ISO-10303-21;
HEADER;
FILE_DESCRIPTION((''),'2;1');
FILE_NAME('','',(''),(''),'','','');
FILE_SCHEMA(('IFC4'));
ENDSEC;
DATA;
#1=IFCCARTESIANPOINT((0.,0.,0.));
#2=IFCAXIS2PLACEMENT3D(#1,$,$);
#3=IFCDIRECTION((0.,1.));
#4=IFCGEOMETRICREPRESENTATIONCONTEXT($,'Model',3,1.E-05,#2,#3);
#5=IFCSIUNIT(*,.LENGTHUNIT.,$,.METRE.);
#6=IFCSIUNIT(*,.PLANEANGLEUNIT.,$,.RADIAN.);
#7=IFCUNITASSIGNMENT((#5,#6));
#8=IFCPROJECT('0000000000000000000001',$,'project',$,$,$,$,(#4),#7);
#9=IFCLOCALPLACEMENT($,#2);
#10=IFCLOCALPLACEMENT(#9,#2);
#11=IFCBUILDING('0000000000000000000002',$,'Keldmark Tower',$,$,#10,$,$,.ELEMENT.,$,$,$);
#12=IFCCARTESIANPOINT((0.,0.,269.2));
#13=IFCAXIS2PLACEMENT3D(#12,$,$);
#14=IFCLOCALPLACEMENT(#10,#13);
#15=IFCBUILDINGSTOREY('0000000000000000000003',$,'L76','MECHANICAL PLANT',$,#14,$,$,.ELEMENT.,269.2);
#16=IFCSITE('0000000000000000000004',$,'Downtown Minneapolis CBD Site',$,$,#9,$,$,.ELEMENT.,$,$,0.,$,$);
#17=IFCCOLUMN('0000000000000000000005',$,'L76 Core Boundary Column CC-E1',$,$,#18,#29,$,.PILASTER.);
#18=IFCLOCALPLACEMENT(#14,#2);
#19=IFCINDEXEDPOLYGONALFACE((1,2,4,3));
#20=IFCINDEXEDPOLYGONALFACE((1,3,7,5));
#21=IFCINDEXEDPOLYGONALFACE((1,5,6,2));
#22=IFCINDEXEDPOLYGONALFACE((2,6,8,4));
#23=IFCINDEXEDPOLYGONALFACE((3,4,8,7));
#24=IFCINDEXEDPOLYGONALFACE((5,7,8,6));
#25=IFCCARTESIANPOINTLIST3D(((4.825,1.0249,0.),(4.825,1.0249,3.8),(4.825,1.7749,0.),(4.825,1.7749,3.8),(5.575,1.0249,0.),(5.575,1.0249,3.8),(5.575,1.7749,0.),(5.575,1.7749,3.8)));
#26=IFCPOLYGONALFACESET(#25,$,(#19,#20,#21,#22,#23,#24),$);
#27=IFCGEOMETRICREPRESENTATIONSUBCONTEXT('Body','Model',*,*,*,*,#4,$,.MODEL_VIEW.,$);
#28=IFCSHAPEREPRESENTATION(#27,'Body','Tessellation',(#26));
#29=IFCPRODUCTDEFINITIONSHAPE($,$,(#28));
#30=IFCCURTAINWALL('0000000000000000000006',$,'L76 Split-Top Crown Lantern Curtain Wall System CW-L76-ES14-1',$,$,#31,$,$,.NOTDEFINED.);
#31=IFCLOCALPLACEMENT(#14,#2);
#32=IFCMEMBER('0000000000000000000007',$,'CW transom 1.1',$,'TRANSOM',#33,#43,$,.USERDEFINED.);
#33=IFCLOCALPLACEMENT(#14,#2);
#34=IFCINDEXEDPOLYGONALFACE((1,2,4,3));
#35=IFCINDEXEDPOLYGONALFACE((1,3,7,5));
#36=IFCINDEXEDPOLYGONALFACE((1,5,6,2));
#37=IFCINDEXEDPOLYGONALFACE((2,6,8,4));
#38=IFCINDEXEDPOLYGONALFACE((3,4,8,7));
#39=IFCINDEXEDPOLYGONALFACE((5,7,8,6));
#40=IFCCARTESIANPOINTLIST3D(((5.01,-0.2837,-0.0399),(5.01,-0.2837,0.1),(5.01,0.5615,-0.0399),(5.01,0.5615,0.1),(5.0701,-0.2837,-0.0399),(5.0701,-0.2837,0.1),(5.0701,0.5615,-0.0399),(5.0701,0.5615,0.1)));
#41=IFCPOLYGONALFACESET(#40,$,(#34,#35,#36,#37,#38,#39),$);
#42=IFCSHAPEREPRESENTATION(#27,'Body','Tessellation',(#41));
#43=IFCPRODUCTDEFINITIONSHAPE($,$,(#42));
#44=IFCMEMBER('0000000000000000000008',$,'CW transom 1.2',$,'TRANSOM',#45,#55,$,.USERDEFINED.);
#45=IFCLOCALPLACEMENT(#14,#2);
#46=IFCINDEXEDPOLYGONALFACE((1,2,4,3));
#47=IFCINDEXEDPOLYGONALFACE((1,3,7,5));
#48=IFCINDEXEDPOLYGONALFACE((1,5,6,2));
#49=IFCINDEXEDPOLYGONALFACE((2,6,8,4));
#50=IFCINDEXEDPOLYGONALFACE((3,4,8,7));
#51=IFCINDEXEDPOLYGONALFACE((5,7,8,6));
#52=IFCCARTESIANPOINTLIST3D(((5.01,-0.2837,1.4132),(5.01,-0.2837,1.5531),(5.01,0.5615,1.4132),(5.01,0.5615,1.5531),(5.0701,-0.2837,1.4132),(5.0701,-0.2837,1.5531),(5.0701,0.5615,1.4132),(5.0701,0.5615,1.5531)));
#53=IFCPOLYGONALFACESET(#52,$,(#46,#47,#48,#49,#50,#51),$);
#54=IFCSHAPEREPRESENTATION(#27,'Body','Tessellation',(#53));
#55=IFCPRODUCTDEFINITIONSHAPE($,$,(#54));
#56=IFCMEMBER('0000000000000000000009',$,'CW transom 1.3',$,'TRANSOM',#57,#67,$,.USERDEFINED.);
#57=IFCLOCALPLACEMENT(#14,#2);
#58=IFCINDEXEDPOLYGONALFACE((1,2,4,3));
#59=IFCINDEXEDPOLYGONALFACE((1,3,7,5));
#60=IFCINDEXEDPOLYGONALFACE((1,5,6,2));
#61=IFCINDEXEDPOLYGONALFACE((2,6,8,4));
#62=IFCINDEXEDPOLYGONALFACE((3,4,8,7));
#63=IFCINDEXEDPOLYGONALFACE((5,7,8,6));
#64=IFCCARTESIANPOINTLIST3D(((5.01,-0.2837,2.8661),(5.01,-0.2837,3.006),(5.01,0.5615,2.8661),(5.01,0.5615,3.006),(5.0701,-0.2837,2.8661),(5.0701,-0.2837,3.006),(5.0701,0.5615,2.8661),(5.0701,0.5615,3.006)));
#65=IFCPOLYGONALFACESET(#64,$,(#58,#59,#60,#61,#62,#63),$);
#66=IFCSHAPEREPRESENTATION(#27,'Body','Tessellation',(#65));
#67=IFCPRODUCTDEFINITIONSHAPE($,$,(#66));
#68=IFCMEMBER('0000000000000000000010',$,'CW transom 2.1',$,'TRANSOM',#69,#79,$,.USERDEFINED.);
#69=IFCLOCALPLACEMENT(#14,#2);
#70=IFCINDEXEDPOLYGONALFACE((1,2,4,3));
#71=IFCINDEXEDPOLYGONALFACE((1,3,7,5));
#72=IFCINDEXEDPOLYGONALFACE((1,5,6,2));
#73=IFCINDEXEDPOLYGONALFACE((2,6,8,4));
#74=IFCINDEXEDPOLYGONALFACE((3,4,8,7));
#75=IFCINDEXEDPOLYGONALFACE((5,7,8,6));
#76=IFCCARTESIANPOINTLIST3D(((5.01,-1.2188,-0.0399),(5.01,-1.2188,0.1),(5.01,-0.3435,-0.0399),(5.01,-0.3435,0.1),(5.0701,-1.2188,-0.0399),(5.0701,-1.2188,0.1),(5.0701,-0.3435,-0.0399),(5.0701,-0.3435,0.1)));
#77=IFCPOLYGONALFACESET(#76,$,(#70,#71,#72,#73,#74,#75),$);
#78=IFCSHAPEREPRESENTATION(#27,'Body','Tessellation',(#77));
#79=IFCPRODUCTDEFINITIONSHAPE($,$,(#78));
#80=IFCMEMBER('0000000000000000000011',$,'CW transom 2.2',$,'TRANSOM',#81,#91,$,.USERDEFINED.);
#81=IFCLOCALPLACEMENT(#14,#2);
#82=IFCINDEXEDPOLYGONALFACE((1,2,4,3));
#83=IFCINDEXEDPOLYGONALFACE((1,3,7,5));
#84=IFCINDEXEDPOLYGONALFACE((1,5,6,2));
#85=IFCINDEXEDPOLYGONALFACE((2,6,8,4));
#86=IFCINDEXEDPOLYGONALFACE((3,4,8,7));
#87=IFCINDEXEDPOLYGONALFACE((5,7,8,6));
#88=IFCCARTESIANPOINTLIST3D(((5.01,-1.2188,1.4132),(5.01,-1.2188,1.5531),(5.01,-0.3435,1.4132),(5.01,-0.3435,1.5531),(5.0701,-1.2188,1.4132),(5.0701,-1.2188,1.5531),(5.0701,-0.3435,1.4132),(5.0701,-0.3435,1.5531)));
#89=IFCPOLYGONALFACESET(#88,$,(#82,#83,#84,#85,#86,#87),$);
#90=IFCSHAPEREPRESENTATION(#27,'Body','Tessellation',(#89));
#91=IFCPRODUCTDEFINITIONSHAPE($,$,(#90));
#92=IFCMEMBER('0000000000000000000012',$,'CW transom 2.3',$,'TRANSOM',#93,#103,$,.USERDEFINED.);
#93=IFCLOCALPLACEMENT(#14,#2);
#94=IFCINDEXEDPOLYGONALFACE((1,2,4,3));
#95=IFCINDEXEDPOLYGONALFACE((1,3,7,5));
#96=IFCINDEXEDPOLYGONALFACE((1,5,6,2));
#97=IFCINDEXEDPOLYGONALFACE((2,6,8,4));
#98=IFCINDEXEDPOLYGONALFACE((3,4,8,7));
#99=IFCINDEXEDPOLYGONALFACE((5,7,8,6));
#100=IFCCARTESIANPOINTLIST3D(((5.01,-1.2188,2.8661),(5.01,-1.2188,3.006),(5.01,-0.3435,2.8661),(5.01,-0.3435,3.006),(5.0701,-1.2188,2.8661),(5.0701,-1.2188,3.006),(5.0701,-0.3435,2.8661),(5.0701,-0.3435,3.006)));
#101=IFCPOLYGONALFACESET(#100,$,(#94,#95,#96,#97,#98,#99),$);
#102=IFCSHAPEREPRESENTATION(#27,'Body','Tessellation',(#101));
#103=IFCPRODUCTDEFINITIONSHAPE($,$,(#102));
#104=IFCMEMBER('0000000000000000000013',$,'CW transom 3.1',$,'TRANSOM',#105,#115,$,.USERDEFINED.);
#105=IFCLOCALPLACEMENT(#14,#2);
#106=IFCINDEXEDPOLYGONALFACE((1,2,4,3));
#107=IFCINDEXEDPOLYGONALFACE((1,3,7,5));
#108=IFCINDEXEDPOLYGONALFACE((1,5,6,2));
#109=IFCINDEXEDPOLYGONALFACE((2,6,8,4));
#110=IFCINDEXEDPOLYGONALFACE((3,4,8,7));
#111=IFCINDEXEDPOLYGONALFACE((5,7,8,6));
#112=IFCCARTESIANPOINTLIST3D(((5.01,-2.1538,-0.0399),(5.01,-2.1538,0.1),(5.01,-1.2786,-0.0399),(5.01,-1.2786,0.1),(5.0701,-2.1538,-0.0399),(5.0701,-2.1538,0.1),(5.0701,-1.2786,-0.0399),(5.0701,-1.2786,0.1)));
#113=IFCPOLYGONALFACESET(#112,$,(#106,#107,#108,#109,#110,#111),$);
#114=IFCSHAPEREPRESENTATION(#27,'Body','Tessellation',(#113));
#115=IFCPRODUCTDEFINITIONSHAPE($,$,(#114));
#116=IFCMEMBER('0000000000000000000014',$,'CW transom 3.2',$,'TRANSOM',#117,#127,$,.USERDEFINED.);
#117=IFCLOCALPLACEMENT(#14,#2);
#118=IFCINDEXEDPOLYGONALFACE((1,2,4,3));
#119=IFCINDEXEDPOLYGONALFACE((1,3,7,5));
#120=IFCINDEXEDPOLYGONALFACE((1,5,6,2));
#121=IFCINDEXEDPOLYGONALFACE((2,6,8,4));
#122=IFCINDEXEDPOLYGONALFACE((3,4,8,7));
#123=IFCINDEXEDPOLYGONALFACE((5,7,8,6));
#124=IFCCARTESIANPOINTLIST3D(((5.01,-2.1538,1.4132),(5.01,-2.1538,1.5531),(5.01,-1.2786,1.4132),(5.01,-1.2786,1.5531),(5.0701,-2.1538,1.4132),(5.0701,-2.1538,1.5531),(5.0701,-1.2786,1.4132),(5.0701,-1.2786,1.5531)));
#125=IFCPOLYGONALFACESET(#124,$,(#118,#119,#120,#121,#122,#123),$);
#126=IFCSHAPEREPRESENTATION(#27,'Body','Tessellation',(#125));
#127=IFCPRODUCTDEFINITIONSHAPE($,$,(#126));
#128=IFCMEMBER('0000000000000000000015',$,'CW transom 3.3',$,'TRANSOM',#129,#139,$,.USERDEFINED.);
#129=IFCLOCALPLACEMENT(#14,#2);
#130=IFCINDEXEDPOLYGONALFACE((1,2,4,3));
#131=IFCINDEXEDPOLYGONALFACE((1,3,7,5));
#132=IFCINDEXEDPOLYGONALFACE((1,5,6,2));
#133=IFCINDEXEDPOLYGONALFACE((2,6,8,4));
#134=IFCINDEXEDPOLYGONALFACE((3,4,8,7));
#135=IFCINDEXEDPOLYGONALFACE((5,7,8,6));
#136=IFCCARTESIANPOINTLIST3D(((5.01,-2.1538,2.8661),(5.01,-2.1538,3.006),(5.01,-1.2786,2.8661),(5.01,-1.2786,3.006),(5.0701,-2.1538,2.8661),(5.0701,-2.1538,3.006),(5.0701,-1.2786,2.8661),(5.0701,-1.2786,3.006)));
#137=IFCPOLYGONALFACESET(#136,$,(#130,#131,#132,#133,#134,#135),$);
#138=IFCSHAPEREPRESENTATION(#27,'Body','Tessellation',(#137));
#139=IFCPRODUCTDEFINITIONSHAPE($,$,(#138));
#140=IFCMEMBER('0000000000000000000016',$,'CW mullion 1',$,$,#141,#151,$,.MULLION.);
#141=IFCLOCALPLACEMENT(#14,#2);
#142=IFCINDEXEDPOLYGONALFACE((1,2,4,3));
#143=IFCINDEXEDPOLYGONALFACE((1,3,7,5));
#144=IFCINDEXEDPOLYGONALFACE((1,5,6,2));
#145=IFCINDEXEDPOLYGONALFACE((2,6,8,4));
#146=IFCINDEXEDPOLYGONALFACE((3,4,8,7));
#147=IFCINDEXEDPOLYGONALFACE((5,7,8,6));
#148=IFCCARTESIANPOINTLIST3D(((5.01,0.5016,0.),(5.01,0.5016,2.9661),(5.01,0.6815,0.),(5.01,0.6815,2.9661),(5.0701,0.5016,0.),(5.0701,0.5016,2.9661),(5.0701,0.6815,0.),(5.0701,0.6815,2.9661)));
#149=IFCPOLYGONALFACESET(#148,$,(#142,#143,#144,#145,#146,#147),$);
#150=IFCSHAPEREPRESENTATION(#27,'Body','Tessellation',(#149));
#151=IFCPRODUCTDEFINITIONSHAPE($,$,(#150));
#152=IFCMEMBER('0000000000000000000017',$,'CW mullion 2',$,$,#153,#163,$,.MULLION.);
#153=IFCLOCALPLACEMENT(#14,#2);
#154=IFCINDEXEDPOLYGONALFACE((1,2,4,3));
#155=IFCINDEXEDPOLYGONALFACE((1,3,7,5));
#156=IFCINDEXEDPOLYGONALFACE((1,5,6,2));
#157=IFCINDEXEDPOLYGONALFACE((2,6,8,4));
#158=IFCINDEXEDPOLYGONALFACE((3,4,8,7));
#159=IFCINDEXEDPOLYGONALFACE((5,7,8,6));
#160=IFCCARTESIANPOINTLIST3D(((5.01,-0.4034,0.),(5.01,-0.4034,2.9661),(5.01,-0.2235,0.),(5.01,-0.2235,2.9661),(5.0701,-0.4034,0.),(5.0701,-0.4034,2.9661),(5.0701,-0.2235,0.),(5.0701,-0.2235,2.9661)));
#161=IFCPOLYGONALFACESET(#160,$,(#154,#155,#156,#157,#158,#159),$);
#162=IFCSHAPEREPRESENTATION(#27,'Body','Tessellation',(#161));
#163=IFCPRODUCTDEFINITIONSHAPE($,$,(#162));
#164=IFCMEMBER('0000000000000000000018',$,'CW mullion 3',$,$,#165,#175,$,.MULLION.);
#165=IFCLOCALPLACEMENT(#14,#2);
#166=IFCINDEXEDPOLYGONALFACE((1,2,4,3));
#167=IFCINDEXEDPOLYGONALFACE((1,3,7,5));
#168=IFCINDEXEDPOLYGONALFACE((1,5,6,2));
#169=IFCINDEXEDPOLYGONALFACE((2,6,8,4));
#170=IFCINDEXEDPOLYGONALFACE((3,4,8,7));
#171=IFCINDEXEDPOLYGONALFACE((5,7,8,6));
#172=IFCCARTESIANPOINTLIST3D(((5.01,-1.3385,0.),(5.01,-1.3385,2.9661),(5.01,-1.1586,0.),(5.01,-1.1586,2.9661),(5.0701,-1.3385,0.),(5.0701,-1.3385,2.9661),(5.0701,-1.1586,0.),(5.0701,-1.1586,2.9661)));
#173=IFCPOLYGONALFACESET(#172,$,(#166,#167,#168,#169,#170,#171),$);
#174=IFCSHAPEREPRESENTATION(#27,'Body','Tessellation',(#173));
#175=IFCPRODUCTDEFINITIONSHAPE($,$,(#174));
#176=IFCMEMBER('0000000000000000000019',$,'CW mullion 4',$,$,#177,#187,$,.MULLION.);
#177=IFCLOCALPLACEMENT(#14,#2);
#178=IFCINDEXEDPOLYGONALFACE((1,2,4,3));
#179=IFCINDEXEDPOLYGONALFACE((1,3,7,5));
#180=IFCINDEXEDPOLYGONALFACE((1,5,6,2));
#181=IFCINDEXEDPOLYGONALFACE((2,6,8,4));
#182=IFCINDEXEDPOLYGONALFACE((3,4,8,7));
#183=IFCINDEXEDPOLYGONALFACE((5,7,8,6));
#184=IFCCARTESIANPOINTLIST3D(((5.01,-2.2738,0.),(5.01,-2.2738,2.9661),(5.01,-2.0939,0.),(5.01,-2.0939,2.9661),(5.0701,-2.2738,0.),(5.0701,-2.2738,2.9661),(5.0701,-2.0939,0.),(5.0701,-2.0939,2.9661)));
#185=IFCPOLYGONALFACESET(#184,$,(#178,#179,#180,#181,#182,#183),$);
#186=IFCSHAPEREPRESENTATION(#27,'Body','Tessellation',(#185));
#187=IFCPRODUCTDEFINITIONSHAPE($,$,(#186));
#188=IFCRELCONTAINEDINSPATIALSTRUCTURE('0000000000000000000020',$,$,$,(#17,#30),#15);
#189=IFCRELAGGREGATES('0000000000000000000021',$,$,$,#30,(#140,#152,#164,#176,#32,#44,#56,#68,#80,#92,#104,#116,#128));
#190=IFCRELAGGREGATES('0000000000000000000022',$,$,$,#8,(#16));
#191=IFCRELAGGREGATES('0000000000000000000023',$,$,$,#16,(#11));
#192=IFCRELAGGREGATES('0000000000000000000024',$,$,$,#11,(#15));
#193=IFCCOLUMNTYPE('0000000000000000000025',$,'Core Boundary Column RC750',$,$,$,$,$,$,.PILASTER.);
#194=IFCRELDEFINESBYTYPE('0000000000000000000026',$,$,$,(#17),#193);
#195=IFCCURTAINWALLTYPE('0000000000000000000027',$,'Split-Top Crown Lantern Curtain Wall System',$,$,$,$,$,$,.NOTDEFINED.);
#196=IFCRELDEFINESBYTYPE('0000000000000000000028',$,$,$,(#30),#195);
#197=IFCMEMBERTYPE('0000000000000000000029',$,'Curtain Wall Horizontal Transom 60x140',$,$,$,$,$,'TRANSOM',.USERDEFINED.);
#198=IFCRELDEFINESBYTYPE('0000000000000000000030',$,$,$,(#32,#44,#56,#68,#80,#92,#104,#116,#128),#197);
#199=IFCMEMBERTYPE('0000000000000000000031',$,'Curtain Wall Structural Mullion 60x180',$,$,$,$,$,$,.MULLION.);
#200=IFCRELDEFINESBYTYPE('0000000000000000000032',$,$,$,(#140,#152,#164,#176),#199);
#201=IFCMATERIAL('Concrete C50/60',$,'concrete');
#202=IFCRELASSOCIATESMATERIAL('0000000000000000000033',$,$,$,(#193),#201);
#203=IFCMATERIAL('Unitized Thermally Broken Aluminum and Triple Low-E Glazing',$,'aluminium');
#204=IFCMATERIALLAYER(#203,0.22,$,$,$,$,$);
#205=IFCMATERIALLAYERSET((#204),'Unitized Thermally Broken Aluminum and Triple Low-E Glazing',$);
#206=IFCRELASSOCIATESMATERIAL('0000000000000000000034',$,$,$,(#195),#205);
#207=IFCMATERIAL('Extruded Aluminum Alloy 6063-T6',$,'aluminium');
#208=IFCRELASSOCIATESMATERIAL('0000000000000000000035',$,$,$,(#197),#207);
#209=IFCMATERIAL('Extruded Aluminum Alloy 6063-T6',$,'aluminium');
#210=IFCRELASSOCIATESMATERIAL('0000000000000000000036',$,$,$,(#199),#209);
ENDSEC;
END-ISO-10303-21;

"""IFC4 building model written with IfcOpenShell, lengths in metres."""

from ifc_helpers import new_model, si_unit, direction, frame, origin, origin_2d, place, context, subcontext, project, spatial, rectangle, extrude, material, layer, layer_set, material_profile, profile_set, type_object, element, aggregate, save


model = new_model("IFC4")

# Units and contexts
model_context = context("Model", 3, precision=1e-05, world=origin(), true_north=direction((0.0, 1.0)))
body_context = subcontext(model_context, "Body", "Model", "MODEL_VIEW")
ifc_project = project(units=[si_unit("LENGTHUNIT", "METRE"), si_unit("PLANEANGLEUNIT", "RADIAN")], contexts=[model_context])

# Site, building, storey
site_placement = place(None, origin())
site = spatial("IfcSite", under=ifc_project, at=site_placement, Name="Downtown Minneapolis CBD Site", CompositionType="ELEMENT", RefElevation=0.0)
building_placement = place(site_placement, origin())
building = spatial("IfcBuilding", under=site, at=building_placement, Name="Keldmark Tower", CompositionType="ELEMENT")
storey_placement = place(building_placement, frame((0.0, 0.0, 269.2)))
storey = spatial("IfcBuildingStorey", under=building, at=storey_placement, Name="L76", Description="MECHANICAL PLANT", CompositionType="ELEMENT", Elevation=269.2)

# Column
ifc_material_1 = material(Name="Concrete C50/60", Category="concrete")
ifc_material_profile_1 = material_profile(ifc_material_1, rectangle(XDim=0.75, YDim=0.75, at=origin_2d()), Name="RC750X750")
ifc_profile_set_1 = profile_set([ifc_material_profile_1], Name="Concrete C50/60")
column_type = type_object("IfcColumnType", Name="Core Boundary Column RC750", PredefinedType="PILASTER", material=ifc_profile_set_1)
column_placement = place(storey_placement, frame((5.2, 1.3999, 0.0), z_axis=(0.0, 0.0, 1.0), x_axis=(1.0, 0.0, 0.0)))
element("IfcColumn", 1, at=column_placement, inside=storey, type_object=column_type, Name="L76 Core Boundary Column CC-E1", PredefinedType="PILASTER", context=body_context, shape_type="SweptSolid", body=[
    extrude(rectangle(XDim=0.75, YDim=0.75, at=origin_2d()), origin(), (0.0, 0.0, 1.0), 3.8),
])

# Curtain wall, members
ifc_material_2 = material(Name="Unitized Thermally Broken Aluminum and Triple Low-E Glazing", Category="aluminium")
ifc_layer_1 = layer(ifc_material_2, 0.22)
ifc_layer_set_1 = layer_set([ifc_layer_1], Name="Unitized Thermally Broken Aluminum and Triple Low-E Glazing")
curtain_wall_type = type_object("IfcCurtainWallType", Name="Split-Top Crown Lantern Curtain Wall System", PredefinedType="NOTDEFINED", material=ifc_layer_set_1)
curtain_wall_placement = place(storey_placement, origin())
curtain_wall = element("IfcCurtainWall", 2, at=curtain_wall_placement, inside=storey, type_object=curtain_wall_type, Name="L76 Split-Top Crown Lantern Curtain Wall System CW-L76-ES14-1", PredefinedType="NOTDEFINED")
ifc_material_3 = material(Name="Extruded Aluminum Alloy 6063-T6", Category="aluminium")
ifc_material_profile_2 = material_profile(ifc_material_3, rectangle(XDim=0.0601, YDim=0.1399, at=origin_2d()), Name="CWT60X140")
ifc_profile_set_2 = profile_set([ifc_material_profile_2], Name="Extruded Aluminum Alloy 6063-T6")
member_type_1 = type_object("IfcMemberType", Name="Curtain Wall Horizontal Transom 60x140", ElementType="TRANSOM", PredefinedType="USERDEFINED", material=ifc_profile_set_2)
member_1_placement = place(storey_placement, frame((5.04, 0.5615, 0.03), z_axis=(0.0, -1.0, 0.0), x_axis=(1.0, 0.0, 0.0)))
member_1 = element("IfcMember", 3, at=member_1_placement, type_object=member_type_1, Name="CW transom 1.1", ObjectType="TRANSOM", PredefinedType="USERDEFINED", context=body_context, shape_type="SweptSolid", body=[
    extrude(rectangle(XDim=0.0601, YDim=0.1399, at=origin_2d()), origin(), (0.0, 0.0, 1.0), 0.8452),
])
member_2_placement = place(storey_placement, frame((5.04, 0.5615, 1.4832), z_axis=(0.0, -1.0, 0.0), x_axis=(1.0, 0.0, 0.0)))
member_2 = element("IfcMember", 4, at=member_2_placement, type_object=member_type_1, Name="CW transom 1.2", ObjectType="TRANSOM", PredefinedType="USERDEFINED", context=body_context, shape_type="SweptSolid", body=[
    extrude(rectangle(XDim=0.0601, YDim=0.1399, at=origin_2d()), origin(), (0.0, 0.0, 1.0), 0.8452),
])
member_3_placement = place(storey_placement, frame((5.04, 0.5615, 2.936), z_axis=(0.0, -1.0, 0.0), x_axis=(1.0, 0.0, 0.0)))
member_3 = element("IfcMember", 5, at=member_3_placement, type_object=member_type_1, Name="CW transom 1.3", ObjectType="TRANSOM", PredefinedType="USERDEFINED", context=body_context, shape_type="SweptSolid", body=[
    extrude(rectangle(XDim=0.0601, YDim=0.1399, at=origin_2d()), origin(), (0.0, 0.0, 1.0), 0.8452),
])
member_4_placement = place(storey_placement, frame((5.04, -0.3435, 0.03), z_axis=(0.0, -1.0, 0.0), x_axis=(1.0, 0.0, 0.0)))
member_4 = element("IfcMember", 6, at=member_4_placement, type_object=member_type_1, Name="CW transom 2.1", ObjectType="TRANSOM", PredefinedType="USERDEFINED", context=body_context, shape_type="SweptSolid", body=[
    extrude(rectangle(XDim=0.0601, YDim=0.1399, at=origin_2d()), origin(), (0.0, 0.0, 1.0), 0.8752),
])
member_5_placement = place(storey_placement, frame((5.04, -0.3435, 1.4832), z_axis=(0.0, -1.0, 0.0), x_axis=(1.0, 0.0, 0.0)))
member_5 = element("IfcMember", 7, at=member_5_placement, type_object=member_type_1, Name="CW transom 2.2", ObjectType="TRANSOM", PredefinedType="USERDEFINED", context=body_context, shape_type="SweptSolid", body=[
    extrude(rectangle(XDim=0.0601, YDim=0.1399, at=origin_2d()), origin(), (0.0, 0.0, 1.0), 0.8752),
])
member_6_placement = place(storey_placement, frame((5.04, -0.3435, 2.936), z_axis=(0.0, -1.0, 0.0), x_axis=(1.0, 0.0, 0.0)))
member_6 = element("IfcMember", 8, at=member_6_placement, type_object=member_type_1, Name="CW transom 2.3", ObjectType="TRANSOM", PredefinedType="USERDEFINED", context=body_context, shape_type="SweptSolid", body=[
    extrude(rectangle(XDim=0.0601, YDim=0.1399, at=origin_2d()), origin(), (0.0, 0.0, 1.0), 0.8752),
])
member_7_placement = place(storey_placement, frame((5.04, -1.2786, 0.03), z_axis=(0.0, -1.0, 0.0), x_axis=(1.0, 0.0, 0.0)))
member_7 = element("IfcMember", 9, at=member_7_placement, type_object=member_type_1, Name="CW transom 3.1", ObjectType="TRANSOM", PredefinedType="USERDEFINED", context=body_context, shape_type="SweptSolid", body=[
    extrude(rectangle(XDim=0.0601, YDim=0.1399, at=origin_2d()), origin(), (0.0, 0.0, 1.0), 0.8752),
])
member_8_placement = place(storey_placement, frame((5.04, -1.2786, 1.4832), z_axis=(0.0, -1.0, 0.0), x_axis=(1.0, 0.0, 0.0)))
member_8 = element("IfcMember", 10, at=member_8_placement, type_object=member_type_1, Name="CW transom 3.2", ObjectType="TRANSOM", PredefinedType="USERDEFINED", context=body_context, shape_type="SweptSolid", body=[
    extrude(rectangle(XDim=0.0601, YDim=0.1399, at=origin_2d()), origin(), (0.0, 0.0, 1.0), 0.8752),
])
member_9_placement = place(storey_placement, frame((5.04, -1.2786, 2.936), z_axis=(0.0, -1.0, 0.0), x_axis=(1.0, 0.0, 0.0)))
member_9 = element("IfcMember", 11, at=member_9_placement, type_object=member_type_1, Name="CW transom 3.3", ObjectType="TRANSOM", PredefinedType="USERDEFINED", context=body_context, shape_type="SweptSolid", body=[
    extrude(rectangle(XDim=0.0601, YDim=0.1399, at=origin_2d()), origin(), (0.0, 0.0, 1.0), 0.8752),
])
ifc_material_4 = material(Name="Extruded Aluminum Alloy 6063-T6", Category="aluminium")
ifc_material_profile_3 = material_profile(ifc_material_4, rectangle(XDim=0.0601, YDim=0.1799, at=origin_2d()), Name="CWM60X180")
ifc_profile_set_3 = profile_set([ifc_material_profile_3], Name="Extruded Aluminum Alloy 6063-T6")
member_type_2 = type_object("IfcMemberType", Name="Curtain Wall Structural Mullion 60x180", PredefinedType="MULLION", material=ifc_profile_set_3)
member_10_placement = place(storey_placement, frame((5.04, 0.5916, 0.0), z_axis=(0.0, 0.0, 1.0), x_axis=(1.0, 0.0, 0.0)))
member_10 = element("IfcMember", 12, at=member_10_placement, type_object=member_type_2, Name="CW mullion 1", PredefinedType="MULLION", context=body_context, shape_type="SweptSolid", body=[
    extrude(rectangle(XDim=0.0601, YDim=0.1799, at=origin_2d()), origin(), (0.0, 0.0, 1.0), 2.9661),
])
member_11_placement = place(storey_placement, frame((5.04, -0.3135, 0.0), z_axis=(0.0, 0.0, 1.0), x_axis=(1.0, 0.0, 0.0)))
member_11 = element("IfcMember", 13, at=member_11_placement, type_object=member_type_2, Name="CW mullion 2", PredefinedType="MULLION", context=body_context, shape_type="SweptSolid", body=[
    extrude(rectangle(XDim=0.0601, YDim=0.1799, at=origin_2d()), origin(), (0.0, 0.0, 1.0), 2.9661),
])
member_12_placement = place(storey_placement, frame((5.04, -1.2485, 0.0), z_axis=(0.0, 0.0, 1.0), x_axis=(1.0, 0.0, 0.0)))
member_12 = element("IfcMember", 14, at=member_12_placement, type_object=member_type_2, Name="CW mullion 3", PredefinedType="MULLION", context=body_context, shape_type="SweptSolid", body=[
    extrude(rectangle(XDim=0.0601, YDim=0.1799, at=origin_2d()), origin(), (0.0, 0.0, 1.0), 2.9661),
])
member_13_placement = place(storey_placement, frame((5.04, -2.1838, 0.0), z_axis=(0.0, 0.0, 1.0), x_axis=(1.0, 0.0, 0.0)))
member_13 = element("IfcMember", 15, at=member_13_placement, type_object=member_type_2, Name="CW mullion 4", PredefinedType="MULLION", context=body_context, shape_type="SweptSolid", body=[
    extrude(rectangle(XDim=0.0601, YDim=0.1799, at=origin_2d()), origin(), (0.0, 0.0, 1.0), 2.9661),
])

aggregate(curtain_wall, [member_10, member_11, member_12, member_13, member_1, member_2, member_3, member_4, member_5, member_6, member_7, member_8, member_9])

save(model, "model.ifc")
